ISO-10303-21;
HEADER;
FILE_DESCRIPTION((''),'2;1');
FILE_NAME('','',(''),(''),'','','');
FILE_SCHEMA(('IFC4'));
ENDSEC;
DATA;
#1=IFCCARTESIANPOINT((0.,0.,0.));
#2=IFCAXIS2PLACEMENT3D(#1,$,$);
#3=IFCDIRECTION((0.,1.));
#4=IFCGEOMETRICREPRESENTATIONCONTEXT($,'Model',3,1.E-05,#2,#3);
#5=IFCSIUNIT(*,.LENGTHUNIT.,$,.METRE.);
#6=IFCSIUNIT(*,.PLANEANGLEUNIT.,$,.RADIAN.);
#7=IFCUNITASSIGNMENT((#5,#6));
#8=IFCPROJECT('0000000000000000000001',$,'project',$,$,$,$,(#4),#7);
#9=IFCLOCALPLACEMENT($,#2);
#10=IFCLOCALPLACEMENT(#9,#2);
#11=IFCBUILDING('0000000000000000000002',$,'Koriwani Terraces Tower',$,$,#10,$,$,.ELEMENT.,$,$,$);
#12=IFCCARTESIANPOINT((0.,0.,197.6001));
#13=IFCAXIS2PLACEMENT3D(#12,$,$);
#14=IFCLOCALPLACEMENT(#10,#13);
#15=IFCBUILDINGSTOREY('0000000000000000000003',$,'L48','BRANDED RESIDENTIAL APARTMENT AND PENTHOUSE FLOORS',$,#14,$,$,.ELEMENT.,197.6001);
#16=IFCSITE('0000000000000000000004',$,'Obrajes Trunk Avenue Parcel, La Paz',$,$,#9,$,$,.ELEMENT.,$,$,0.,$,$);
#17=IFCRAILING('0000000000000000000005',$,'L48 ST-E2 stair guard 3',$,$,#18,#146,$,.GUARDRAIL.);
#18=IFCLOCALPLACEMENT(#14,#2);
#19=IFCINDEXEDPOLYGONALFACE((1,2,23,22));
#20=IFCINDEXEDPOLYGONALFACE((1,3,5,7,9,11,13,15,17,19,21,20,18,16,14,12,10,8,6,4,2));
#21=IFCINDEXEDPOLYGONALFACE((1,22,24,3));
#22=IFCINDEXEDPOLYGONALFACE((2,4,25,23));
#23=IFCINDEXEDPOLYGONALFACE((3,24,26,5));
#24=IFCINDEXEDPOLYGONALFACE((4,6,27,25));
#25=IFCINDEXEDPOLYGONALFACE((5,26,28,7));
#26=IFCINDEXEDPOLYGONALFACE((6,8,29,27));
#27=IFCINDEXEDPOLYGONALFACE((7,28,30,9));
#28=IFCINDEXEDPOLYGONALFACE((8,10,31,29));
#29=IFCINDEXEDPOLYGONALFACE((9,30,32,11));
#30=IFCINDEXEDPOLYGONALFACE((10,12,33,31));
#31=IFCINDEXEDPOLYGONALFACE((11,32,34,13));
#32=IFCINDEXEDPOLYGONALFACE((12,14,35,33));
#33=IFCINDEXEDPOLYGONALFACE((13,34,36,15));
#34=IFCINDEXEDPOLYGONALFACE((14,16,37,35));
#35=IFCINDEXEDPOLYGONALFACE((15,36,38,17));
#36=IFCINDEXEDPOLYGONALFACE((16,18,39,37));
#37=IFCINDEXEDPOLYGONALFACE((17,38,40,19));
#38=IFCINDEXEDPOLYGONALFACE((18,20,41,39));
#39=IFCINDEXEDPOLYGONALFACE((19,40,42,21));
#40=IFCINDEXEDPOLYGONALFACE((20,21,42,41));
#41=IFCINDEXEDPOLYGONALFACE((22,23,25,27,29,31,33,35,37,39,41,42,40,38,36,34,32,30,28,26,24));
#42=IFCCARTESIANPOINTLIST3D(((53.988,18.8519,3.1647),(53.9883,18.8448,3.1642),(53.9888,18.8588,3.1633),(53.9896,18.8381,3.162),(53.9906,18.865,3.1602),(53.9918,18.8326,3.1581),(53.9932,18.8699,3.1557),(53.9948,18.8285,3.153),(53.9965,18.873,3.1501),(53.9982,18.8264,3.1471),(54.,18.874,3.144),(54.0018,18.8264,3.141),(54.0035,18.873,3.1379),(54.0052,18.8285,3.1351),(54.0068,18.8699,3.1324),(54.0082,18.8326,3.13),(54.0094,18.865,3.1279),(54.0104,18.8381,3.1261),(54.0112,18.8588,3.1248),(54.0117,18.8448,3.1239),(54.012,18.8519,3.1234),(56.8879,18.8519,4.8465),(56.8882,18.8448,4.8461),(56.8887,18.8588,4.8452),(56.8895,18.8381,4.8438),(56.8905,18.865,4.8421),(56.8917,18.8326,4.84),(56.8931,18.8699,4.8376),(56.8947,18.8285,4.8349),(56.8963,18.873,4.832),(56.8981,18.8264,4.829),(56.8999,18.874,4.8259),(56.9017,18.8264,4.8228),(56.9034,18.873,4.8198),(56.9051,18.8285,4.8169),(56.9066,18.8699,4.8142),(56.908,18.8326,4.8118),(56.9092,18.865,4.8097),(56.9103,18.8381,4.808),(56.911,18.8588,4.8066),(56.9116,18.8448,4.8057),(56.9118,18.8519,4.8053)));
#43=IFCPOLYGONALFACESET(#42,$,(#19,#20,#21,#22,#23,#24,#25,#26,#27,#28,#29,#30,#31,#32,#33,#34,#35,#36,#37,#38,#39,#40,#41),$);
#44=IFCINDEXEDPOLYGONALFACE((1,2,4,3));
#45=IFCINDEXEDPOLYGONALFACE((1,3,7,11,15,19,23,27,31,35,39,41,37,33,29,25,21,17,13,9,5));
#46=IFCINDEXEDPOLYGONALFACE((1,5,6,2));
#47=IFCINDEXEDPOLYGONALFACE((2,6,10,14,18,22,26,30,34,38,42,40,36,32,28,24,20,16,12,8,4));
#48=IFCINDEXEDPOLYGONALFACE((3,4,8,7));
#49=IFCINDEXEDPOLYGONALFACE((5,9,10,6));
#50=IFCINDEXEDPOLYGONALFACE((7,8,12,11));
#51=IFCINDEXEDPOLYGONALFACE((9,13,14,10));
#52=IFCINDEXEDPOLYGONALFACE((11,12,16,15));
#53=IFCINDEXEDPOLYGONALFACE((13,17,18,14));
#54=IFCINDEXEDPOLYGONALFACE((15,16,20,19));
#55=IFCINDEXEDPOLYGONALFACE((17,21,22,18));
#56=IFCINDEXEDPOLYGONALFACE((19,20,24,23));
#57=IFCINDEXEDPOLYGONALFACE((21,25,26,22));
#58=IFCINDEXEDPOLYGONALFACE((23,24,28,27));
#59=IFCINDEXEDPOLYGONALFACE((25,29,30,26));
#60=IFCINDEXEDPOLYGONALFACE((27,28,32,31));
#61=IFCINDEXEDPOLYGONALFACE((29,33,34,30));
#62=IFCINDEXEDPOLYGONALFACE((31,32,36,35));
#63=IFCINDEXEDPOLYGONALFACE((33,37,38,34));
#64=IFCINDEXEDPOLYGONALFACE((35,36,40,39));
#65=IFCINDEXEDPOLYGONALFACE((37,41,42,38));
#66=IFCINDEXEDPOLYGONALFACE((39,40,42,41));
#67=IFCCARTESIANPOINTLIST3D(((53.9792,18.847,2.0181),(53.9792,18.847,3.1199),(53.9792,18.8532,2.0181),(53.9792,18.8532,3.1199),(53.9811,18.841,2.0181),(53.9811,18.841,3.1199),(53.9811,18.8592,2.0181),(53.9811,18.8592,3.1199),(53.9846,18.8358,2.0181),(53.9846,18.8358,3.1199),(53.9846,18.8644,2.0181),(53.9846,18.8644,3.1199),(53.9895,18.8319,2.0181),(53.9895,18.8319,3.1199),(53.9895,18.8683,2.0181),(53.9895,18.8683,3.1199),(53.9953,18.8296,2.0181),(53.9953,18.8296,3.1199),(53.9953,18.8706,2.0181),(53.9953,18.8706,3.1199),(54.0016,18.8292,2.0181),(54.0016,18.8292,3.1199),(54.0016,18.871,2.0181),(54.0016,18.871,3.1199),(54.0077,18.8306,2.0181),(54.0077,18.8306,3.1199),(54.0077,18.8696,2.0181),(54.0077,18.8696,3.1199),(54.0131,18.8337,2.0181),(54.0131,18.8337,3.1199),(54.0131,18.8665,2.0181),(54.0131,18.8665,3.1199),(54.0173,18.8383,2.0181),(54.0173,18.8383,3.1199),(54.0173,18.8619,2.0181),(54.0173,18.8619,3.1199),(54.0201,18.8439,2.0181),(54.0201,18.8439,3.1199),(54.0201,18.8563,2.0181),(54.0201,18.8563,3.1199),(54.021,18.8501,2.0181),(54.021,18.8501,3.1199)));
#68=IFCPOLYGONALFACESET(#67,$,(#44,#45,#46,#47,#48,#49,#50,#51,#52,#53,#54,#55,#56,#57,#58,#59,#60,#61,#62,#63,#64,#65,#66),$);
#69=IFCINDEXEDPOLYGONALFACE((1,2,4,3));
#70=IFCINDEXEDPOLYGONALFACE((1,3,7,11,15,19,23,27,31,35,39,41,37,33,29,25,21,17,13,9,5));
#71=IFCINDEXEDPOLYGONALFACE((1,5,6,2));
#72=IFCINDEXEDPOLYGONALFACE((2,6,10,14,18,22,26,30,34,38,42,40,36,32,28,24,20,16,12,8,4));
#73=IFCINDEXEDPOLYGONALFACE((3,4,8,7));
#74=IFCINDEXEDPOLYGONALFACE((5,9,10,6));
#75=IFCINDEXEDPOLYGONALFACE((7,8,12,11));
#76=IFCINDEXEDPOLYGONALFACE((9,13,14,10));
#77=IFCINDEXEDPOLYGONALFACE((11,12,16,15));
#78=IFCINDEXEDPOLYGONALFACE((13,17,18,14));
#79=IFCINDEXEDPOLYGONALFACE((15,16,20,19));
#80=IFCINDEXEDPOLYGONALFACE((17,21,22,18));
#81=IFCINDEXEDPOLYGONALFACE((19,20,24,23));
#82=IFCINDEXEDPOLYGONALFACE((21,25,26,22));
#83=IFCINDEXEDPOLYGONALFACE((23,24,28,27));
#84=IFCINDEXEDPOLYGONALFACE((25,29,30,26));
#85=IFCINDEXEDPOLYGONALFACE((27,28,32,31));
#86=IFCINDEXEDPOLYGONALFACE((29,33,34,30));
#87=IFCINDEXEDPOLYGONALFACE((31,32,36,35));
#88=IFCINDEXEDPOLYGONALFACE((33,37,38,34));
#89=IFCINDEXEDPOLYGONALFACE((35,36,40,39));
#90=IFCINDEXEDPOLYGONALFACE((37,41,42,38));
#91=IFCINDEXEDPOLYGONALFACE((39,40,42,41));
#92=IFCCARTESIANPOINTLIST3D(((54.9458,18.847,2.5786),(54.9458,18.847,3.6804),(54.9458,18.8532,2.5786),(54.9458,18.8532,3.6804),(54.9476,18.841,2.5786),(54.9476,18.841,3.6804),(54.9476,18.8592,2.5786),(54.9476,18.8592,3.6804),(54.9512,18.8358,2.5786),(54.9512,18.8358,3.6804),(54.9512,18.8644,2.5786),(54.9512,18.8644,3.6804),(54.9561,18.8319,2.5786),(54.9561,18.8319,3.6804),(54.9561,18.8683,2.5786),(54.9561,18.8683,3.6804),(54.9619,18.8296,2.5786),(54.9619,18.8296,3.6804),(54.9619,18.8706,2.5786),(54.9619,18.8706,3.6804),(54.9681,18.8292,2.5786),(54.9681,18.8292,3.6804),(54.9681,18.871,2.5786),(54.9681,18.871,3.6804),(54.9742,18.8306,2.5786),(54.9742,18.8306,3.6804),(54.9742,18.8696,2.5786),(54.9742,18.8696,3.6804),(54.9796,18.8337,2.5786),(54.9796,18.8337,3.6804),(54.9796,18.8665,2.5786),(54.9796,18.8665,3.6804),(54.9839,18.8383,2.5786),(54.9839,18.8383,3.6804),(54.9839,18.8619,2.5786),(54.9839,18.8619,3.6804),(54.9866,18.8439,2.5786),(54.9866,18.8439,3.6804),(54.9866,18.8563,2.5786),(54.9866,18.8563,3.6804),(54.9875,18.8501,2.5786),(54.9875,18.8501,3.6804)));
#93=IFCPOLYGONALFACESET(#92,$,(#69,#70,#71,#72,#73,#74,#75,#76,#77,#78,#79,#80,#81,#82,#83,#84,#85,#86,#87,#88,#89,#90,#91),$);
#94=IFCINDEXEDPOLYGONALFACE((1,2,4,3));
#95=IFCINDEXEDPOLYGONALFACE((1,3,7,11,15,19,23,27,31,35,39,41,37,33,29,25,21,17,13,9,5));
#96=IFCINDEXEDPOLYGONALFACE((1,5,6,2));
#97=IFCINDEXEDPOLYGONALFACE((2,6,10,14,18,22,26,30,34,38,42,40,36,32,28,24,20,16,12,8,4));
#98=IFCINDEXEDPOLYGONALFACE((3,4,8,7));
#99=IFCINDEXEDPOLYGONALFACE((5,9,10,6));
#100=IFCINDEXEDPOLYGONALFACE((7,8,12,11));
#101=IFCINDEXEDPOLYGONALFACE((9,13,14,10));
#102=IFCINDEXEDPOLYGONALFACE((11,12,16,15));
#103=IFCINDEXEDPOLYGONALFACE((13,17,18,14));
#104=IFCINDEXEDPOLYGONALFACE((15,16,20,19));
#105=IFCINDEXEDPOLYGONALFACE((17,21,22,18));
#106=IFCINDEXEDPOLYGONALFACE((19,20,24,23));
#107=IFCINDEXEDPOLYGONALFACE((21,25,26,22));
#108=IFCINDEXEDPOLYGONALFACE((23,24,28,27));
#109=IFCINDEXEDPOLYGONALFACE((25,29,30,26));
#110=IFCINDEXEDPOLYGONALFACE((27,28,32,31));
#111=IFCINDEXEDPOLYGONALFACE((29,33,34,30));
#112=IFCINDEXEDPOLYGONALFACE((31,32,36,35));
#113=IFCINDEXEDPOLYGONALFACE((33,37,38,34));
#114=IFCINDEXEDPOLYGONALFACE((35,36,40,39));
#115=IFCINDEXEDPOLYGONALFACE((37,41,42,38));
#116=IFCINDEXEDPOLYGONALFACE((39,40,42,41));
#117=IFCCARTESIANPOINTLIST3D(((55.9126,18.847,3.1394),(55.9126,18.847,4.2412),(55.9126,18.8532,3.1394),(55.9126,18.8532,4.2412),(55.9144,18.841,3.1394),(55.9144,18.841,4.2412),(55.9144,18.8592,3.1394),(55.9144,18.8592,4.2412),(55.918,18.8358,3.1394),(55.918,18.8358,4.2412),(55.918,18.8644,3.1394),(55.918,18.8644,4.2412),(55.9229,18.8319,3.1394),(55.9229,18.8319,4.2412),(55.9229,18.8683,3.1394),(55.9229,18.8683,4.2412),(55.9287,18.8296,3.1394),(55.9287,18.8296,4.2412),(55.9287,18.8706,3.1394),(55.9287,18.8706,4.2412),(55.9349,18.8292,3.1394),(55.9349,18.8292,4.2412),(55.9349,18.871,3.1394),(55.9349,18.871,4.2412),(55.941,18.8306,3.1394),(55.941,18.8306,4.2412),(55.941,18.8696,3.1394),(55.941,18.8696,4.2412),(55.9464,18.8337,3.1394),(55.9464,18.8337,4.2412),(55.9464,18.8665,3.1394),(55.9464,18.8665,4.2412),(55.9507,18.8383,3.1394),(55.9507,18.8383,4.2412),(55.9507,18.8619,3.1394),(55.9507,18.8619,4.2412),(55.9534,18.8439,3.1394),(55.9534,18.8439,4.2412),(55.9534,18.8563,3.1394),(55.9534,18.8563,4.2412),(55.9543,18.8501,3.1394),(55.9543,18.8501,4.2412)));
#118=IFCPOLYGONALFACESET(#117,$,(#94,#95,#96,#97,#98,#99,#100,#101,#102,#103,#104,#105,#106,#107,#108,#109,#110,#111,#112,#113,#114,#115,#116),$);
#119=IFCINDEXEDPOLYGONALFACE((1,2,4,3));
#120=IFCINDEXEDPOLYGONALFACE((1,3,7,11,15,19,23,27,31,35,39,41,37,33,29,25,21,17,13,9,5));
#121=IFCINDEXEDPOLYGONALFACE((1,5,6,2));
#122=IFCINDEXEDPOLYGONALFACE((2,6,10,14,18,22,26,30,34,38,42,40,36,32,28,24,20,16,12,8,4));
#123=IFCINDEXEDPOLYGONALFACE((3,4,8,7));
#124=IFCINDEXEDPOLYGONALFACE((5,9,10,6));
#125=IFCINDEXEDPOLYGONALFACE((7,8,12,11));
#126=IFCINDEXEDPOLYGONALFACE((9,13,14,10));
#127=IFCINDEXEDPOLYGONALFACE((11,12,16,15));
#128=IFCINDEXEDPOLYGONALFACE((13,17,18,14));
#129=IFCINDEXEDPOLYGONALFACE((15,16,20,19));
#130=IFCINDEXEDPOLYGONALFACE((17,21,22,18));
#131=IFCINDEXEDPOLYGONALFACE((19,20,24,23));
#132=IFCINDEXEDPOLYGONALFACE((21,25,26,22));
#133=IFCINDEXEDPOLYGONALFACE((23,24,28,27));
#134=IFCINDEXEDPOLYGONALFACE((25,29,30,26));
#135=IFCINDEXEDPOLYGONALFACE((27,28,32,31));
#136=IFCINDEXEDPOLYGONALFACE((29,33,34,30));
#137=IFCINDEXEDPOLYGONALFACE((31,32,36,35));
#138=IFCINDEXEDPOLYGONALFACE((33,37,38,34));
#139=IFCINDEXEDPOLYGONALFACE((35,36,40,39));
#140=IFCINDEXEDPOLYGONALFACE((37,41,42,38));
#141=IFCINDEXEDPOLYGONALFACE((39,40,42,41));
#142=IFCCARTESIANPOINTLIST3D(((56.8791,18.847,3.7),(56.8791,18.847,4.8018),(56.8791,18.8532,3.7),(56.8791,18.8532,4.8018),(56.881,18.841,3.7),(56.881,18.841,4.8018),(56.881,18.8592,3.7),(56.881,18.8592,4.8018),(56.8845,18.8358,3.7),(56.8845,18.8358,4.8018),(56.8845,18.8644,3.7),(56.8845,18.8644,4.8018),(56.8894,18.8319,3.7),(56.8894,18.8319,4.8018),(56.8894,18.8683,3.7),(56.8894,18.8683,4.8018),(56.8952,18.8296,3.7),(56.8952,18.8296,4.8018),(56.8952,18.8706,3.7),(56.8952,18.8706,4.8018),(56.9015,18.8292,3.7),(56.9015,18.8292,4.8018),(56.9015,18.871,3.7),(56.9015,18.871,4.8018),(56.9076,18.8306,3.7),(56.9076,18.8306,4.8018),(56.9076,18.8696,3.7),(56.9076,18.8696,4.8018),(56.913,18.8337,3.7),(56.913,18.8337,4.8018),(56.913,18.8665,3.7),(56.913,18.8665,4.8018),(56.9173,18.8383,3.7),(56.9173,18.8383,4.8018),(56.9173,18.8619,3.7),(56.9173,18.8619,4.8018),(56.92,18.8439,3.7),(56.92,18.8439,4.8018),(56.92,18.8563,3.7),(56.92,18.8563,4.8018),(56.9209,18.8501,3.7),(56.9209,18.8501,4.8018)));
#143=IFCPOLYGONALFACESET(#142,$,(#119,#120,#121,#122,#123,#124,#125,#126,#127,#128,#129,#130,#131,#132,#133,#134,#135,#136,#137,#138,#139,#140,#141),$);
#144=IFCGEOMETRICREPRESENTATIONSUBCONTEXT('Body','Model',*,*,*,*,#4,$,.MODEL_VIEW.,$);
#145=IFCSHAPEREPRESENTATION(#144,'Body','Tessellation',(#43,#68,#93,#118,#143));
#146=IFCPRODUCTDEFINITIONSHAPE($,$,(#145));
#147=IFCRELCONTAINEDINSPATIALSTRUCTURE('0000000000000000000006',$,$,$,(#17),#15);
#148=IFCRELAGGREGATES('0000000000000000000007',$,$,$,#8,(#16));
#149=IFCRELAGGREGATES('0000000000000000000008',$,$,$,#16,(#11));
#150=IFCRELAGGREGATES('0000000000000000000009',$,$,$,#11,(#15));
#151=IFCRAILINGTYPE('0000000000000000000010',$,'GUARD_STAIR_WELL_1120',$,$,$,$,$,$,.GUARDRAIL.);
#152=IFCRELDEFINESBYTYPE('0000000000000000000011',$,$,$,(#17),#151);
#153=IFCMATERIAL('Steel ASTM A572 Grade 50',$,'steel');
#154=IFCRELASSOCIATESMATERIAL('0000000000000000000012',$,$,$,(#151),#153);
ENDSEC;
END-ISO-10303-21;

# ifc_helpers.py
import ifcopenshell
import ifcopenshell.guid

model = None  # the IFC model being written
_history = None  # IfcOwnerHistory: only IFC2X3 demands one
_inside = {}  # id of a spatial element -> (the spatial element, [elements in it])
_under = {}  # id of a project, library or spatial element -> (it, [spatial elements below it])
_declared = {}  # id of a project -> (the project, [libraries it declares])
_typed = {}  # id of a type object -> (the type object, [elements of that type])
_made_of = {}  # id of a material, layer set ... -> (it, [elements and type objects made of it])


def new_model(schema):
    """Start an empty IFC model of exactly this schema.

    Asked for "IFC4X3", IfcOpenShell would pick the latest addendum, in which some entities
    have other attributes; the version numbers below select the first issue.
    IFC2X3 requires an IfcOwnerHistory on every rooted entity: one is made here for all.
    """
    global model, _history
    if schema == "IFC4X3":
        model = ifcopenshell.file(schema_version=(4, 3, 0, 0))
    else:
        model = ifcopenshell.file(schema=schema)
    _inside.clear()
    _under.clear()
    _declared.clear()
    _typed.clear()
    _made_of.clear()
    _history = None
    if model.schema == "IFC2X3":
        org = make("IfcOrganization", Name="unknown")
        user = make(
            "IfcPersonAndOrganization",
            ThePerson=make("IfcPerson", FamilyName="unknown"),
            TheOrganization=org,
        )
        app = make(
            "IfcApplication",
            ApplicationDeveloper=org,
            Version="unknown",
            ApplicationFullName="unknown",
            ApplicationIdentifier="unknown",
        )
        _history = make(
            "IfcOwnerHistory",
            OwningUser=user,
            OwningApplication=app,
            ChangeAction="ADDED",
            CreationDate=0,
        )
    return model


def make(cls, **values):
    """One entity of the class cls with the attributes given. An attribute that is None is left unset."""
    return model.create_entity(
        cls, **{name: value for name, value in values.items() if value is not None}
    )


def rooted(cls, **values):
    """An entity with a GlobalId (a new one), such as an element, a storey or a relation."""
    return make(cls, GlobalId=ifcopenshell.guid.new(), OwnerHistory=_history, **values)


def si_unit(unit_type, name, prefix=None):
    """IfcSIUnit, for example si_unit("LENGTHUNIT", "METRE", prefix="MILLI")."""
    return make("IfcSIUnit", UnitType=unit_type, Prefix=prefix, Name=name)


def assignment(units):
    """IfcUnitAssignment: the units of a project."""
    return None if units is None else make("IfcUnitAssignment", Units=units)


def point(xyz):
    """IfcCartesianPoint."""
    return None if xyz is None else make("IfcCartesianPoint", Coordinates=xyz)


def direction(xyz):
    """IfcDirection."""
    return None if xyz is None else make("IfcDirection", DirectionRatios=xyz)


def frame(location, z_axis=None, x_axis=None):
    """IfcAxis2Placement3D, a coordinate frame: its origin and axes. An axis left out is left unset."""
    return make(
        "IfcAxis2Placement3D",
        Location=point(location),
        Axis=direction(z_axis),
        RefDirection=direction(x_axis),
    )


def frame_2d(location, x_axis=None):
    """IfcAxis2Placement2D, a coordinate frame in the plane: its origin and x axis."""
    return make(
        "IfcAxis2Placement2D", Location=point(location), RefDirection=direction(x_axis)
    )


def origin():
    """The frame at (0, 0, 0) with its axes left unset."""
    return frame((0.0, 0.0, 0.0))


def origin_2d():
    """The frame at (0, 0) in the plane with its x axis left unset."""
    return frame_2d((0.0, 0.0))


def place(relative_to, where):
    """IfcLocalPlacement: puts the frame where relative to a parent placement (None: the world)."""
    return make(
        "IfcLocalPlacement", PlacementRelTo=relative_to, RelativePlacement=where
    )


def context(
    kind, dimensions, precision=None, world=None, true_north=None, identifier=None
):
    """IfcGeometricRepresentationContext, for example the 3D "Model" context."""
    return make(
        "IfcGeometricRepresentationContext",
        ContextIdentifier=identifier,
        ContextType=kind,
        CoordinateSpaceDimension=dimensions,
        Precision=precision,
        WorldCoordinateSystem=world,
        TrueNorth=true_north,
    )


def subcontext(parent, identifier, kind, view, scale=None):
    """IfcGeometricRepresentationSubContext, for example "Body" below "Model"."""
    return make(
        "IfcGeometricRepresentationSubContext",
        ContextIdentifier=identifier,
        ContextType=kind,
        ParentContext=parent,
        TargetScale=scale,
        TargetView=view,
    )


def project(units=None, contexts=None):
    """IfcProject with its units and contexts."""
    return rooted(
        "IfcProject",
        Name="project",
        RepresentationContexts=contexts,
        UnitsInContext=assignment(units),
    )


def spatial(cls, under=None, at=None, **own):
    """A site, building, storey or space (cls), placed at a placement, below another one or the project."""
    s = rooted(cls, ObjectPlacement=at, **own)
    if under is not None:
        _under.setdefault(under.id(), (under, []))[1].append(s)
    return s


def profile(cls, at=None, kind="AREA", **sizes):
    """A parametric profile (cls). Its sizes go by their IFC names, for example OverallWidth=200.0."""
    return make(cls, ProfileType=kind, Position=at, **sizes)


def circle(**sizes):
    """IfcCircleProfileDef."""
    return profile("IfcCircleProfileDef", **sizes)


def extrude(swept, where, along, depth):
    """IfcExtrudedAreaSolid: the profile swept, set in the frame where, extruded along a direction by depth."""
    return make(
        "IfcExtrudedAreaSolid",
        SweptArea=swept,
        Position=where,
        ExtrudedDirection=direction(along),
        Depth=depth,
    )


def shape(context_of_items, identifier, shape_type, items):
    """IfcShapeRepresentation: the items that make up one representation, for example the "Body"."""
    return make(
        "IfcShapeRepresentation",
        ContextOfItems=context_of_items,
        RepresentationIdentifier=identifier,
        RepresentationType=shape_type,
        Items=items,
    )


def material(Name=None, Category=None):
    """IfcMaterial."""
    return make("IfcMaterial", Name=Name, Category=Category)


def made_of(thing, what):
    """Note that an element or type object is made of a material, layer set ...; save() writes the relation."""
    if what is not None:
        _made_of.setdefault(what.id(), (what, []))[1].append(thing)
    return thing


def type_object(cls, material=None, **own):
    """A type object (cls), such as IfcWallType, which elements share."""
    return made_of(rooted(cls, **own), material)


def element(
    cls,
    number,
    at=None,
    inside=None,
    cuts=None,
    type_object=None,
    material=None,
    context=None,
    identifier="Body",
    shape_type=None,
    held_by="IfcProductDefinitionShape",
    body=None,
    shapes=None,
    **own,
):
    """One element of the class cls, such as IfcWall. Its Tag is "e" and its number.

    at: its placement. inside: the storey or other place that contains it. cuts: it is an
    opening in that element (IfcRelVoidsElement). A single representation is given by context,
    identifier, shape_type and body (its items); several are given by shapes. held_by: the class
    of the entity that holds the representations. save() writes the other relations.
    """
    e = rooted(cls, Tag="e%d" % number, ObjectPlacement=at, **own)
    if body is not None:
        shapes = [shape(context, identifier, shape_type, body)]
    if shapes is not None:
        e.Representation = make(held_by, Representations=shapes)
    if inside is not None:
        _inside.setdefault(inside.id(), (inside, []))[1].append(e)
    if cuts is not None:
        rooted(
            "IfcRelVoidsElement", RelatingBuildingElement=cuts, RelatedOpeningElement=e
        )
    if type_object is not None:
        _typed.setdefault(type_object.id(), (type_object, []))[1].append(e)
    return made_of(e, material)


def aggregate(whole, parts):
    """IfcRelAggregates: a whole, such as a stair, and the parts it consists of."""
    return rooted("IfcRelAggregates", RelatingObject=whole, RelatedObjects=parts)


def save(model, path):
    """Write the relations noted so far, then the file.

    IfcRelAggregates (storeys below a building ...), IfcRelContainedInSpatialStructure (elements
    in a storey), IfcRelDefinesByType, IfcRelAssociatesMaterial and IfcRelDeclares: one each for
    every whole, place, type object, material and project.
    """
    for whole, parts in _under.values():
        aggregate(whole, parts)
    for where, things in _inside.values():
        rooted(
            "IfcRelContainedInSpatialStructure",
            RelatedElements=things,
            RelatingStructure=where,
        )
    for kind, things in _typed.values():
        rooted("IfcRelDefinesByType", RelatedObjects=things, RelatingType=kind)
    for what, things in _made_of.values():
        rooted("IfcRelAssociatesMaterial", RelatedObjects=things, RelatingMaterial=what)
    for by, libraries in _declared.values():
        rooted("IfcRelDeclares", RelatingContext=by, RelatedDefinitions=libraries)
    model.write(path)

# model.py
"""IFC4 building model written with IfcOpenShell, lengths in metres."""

from ifc_helpers import new_model, si_unit, direction, frame, origin, origin_2d, place, context, subcontext, project, spatial, circle, extrude, material, type_object, element, save


model = new_model("IFC4")

# Units and contexts
model_context = context("Model", 3, precision=1e-05, world=origin(), true_north=direction((0.0, 1.0)))
body_context = subcontext(model_context, "Body", "Model", "MODEL_VIEW")
ifc_project = project(units=[si_unit("LENGTHUNIT", "METRE"), si_unit("PLANEANGLEUNIT", "RADIAN")], contexts=[model_context])

# Site, building, storey
site_placement = place(None, origin())
site = spatial("IfcSite", under=ifc_project, at=site_placement, Name="Obrajes Trunk Avenue Parcel, La Paz", CompositionType="ELEMENT", RefElevation=0.0)
building_placement = place(site_placement, origin())
building = spatial("IfcBuilding", under=site, at=building_placement, Name="Koriwani Terraces Tower", CompositionType="ELEMENT")
storey_placement = place(building_placement, frame((0.0, 0.0, 197.6001)))
storey = spatial("IfcBuildingStorey", under=building, at=storey_placement, Name="L48", Description="BRANDED RESIDENTIAL APARTMENT AND PENTHOUSE FLOORS", CompositionType="ELEMENT", Elevation=197.6001)

# Shared definitions
ifc_material_1 = material(Name="Steel ASTM A572 Grade 50", Category="steel")

# Railing
railing_type_1 = type_object("IfcRailingType", Name="GUARD_STAIR_WELL_1120", PredefinedType="GUARDRAIL", material=ifc_material_1)
railing_1_placement = place(storey_placement, frame((54.0, 18.8501, 2.0181)))
element("IfcRailing", 1, at=railing_1_placement, inside=storey, type_object=railing_type_1, Name="L48 ST-E2 stair guard 3", PredefinedType="GUARDRAIL", context=body_context, shape_type="SweptSolid", body=[
    extrude(circle(Radius=0.0239, at=origin_2d()), frame((0.0, 0.0, 1.126), z_axis=(0.865039, 0.0, 0.501705), x_axis=(0.0, 1.0, 0.0)), (0.0, 0.0, 1.0), 3.3523),
    extrude(circle(Radius=0.021, at=origin_2d()), origin(), (0.0, 0.0, 1.0), 1.1018),
    extrude(circle(Radius=0.021, at=origin_2d()), frame((0.9666, 0.0, 0.5605)), (0.0, 0.0, 1.0), 1.1018),
    extrude(circle(Radius=0.021, at=origin_2d()), frame((1.9333, 0.0, 1.1213)), (0.0, 0.0, 1.0), 1.1018),
    extrude(circle(Radius=0.021, at=origin_2d()), frame((2.8999, 0.0, 1.6819)), (0.0, 0.0, 1.0), 1.1018),
])

save(model, "model.ifc")
